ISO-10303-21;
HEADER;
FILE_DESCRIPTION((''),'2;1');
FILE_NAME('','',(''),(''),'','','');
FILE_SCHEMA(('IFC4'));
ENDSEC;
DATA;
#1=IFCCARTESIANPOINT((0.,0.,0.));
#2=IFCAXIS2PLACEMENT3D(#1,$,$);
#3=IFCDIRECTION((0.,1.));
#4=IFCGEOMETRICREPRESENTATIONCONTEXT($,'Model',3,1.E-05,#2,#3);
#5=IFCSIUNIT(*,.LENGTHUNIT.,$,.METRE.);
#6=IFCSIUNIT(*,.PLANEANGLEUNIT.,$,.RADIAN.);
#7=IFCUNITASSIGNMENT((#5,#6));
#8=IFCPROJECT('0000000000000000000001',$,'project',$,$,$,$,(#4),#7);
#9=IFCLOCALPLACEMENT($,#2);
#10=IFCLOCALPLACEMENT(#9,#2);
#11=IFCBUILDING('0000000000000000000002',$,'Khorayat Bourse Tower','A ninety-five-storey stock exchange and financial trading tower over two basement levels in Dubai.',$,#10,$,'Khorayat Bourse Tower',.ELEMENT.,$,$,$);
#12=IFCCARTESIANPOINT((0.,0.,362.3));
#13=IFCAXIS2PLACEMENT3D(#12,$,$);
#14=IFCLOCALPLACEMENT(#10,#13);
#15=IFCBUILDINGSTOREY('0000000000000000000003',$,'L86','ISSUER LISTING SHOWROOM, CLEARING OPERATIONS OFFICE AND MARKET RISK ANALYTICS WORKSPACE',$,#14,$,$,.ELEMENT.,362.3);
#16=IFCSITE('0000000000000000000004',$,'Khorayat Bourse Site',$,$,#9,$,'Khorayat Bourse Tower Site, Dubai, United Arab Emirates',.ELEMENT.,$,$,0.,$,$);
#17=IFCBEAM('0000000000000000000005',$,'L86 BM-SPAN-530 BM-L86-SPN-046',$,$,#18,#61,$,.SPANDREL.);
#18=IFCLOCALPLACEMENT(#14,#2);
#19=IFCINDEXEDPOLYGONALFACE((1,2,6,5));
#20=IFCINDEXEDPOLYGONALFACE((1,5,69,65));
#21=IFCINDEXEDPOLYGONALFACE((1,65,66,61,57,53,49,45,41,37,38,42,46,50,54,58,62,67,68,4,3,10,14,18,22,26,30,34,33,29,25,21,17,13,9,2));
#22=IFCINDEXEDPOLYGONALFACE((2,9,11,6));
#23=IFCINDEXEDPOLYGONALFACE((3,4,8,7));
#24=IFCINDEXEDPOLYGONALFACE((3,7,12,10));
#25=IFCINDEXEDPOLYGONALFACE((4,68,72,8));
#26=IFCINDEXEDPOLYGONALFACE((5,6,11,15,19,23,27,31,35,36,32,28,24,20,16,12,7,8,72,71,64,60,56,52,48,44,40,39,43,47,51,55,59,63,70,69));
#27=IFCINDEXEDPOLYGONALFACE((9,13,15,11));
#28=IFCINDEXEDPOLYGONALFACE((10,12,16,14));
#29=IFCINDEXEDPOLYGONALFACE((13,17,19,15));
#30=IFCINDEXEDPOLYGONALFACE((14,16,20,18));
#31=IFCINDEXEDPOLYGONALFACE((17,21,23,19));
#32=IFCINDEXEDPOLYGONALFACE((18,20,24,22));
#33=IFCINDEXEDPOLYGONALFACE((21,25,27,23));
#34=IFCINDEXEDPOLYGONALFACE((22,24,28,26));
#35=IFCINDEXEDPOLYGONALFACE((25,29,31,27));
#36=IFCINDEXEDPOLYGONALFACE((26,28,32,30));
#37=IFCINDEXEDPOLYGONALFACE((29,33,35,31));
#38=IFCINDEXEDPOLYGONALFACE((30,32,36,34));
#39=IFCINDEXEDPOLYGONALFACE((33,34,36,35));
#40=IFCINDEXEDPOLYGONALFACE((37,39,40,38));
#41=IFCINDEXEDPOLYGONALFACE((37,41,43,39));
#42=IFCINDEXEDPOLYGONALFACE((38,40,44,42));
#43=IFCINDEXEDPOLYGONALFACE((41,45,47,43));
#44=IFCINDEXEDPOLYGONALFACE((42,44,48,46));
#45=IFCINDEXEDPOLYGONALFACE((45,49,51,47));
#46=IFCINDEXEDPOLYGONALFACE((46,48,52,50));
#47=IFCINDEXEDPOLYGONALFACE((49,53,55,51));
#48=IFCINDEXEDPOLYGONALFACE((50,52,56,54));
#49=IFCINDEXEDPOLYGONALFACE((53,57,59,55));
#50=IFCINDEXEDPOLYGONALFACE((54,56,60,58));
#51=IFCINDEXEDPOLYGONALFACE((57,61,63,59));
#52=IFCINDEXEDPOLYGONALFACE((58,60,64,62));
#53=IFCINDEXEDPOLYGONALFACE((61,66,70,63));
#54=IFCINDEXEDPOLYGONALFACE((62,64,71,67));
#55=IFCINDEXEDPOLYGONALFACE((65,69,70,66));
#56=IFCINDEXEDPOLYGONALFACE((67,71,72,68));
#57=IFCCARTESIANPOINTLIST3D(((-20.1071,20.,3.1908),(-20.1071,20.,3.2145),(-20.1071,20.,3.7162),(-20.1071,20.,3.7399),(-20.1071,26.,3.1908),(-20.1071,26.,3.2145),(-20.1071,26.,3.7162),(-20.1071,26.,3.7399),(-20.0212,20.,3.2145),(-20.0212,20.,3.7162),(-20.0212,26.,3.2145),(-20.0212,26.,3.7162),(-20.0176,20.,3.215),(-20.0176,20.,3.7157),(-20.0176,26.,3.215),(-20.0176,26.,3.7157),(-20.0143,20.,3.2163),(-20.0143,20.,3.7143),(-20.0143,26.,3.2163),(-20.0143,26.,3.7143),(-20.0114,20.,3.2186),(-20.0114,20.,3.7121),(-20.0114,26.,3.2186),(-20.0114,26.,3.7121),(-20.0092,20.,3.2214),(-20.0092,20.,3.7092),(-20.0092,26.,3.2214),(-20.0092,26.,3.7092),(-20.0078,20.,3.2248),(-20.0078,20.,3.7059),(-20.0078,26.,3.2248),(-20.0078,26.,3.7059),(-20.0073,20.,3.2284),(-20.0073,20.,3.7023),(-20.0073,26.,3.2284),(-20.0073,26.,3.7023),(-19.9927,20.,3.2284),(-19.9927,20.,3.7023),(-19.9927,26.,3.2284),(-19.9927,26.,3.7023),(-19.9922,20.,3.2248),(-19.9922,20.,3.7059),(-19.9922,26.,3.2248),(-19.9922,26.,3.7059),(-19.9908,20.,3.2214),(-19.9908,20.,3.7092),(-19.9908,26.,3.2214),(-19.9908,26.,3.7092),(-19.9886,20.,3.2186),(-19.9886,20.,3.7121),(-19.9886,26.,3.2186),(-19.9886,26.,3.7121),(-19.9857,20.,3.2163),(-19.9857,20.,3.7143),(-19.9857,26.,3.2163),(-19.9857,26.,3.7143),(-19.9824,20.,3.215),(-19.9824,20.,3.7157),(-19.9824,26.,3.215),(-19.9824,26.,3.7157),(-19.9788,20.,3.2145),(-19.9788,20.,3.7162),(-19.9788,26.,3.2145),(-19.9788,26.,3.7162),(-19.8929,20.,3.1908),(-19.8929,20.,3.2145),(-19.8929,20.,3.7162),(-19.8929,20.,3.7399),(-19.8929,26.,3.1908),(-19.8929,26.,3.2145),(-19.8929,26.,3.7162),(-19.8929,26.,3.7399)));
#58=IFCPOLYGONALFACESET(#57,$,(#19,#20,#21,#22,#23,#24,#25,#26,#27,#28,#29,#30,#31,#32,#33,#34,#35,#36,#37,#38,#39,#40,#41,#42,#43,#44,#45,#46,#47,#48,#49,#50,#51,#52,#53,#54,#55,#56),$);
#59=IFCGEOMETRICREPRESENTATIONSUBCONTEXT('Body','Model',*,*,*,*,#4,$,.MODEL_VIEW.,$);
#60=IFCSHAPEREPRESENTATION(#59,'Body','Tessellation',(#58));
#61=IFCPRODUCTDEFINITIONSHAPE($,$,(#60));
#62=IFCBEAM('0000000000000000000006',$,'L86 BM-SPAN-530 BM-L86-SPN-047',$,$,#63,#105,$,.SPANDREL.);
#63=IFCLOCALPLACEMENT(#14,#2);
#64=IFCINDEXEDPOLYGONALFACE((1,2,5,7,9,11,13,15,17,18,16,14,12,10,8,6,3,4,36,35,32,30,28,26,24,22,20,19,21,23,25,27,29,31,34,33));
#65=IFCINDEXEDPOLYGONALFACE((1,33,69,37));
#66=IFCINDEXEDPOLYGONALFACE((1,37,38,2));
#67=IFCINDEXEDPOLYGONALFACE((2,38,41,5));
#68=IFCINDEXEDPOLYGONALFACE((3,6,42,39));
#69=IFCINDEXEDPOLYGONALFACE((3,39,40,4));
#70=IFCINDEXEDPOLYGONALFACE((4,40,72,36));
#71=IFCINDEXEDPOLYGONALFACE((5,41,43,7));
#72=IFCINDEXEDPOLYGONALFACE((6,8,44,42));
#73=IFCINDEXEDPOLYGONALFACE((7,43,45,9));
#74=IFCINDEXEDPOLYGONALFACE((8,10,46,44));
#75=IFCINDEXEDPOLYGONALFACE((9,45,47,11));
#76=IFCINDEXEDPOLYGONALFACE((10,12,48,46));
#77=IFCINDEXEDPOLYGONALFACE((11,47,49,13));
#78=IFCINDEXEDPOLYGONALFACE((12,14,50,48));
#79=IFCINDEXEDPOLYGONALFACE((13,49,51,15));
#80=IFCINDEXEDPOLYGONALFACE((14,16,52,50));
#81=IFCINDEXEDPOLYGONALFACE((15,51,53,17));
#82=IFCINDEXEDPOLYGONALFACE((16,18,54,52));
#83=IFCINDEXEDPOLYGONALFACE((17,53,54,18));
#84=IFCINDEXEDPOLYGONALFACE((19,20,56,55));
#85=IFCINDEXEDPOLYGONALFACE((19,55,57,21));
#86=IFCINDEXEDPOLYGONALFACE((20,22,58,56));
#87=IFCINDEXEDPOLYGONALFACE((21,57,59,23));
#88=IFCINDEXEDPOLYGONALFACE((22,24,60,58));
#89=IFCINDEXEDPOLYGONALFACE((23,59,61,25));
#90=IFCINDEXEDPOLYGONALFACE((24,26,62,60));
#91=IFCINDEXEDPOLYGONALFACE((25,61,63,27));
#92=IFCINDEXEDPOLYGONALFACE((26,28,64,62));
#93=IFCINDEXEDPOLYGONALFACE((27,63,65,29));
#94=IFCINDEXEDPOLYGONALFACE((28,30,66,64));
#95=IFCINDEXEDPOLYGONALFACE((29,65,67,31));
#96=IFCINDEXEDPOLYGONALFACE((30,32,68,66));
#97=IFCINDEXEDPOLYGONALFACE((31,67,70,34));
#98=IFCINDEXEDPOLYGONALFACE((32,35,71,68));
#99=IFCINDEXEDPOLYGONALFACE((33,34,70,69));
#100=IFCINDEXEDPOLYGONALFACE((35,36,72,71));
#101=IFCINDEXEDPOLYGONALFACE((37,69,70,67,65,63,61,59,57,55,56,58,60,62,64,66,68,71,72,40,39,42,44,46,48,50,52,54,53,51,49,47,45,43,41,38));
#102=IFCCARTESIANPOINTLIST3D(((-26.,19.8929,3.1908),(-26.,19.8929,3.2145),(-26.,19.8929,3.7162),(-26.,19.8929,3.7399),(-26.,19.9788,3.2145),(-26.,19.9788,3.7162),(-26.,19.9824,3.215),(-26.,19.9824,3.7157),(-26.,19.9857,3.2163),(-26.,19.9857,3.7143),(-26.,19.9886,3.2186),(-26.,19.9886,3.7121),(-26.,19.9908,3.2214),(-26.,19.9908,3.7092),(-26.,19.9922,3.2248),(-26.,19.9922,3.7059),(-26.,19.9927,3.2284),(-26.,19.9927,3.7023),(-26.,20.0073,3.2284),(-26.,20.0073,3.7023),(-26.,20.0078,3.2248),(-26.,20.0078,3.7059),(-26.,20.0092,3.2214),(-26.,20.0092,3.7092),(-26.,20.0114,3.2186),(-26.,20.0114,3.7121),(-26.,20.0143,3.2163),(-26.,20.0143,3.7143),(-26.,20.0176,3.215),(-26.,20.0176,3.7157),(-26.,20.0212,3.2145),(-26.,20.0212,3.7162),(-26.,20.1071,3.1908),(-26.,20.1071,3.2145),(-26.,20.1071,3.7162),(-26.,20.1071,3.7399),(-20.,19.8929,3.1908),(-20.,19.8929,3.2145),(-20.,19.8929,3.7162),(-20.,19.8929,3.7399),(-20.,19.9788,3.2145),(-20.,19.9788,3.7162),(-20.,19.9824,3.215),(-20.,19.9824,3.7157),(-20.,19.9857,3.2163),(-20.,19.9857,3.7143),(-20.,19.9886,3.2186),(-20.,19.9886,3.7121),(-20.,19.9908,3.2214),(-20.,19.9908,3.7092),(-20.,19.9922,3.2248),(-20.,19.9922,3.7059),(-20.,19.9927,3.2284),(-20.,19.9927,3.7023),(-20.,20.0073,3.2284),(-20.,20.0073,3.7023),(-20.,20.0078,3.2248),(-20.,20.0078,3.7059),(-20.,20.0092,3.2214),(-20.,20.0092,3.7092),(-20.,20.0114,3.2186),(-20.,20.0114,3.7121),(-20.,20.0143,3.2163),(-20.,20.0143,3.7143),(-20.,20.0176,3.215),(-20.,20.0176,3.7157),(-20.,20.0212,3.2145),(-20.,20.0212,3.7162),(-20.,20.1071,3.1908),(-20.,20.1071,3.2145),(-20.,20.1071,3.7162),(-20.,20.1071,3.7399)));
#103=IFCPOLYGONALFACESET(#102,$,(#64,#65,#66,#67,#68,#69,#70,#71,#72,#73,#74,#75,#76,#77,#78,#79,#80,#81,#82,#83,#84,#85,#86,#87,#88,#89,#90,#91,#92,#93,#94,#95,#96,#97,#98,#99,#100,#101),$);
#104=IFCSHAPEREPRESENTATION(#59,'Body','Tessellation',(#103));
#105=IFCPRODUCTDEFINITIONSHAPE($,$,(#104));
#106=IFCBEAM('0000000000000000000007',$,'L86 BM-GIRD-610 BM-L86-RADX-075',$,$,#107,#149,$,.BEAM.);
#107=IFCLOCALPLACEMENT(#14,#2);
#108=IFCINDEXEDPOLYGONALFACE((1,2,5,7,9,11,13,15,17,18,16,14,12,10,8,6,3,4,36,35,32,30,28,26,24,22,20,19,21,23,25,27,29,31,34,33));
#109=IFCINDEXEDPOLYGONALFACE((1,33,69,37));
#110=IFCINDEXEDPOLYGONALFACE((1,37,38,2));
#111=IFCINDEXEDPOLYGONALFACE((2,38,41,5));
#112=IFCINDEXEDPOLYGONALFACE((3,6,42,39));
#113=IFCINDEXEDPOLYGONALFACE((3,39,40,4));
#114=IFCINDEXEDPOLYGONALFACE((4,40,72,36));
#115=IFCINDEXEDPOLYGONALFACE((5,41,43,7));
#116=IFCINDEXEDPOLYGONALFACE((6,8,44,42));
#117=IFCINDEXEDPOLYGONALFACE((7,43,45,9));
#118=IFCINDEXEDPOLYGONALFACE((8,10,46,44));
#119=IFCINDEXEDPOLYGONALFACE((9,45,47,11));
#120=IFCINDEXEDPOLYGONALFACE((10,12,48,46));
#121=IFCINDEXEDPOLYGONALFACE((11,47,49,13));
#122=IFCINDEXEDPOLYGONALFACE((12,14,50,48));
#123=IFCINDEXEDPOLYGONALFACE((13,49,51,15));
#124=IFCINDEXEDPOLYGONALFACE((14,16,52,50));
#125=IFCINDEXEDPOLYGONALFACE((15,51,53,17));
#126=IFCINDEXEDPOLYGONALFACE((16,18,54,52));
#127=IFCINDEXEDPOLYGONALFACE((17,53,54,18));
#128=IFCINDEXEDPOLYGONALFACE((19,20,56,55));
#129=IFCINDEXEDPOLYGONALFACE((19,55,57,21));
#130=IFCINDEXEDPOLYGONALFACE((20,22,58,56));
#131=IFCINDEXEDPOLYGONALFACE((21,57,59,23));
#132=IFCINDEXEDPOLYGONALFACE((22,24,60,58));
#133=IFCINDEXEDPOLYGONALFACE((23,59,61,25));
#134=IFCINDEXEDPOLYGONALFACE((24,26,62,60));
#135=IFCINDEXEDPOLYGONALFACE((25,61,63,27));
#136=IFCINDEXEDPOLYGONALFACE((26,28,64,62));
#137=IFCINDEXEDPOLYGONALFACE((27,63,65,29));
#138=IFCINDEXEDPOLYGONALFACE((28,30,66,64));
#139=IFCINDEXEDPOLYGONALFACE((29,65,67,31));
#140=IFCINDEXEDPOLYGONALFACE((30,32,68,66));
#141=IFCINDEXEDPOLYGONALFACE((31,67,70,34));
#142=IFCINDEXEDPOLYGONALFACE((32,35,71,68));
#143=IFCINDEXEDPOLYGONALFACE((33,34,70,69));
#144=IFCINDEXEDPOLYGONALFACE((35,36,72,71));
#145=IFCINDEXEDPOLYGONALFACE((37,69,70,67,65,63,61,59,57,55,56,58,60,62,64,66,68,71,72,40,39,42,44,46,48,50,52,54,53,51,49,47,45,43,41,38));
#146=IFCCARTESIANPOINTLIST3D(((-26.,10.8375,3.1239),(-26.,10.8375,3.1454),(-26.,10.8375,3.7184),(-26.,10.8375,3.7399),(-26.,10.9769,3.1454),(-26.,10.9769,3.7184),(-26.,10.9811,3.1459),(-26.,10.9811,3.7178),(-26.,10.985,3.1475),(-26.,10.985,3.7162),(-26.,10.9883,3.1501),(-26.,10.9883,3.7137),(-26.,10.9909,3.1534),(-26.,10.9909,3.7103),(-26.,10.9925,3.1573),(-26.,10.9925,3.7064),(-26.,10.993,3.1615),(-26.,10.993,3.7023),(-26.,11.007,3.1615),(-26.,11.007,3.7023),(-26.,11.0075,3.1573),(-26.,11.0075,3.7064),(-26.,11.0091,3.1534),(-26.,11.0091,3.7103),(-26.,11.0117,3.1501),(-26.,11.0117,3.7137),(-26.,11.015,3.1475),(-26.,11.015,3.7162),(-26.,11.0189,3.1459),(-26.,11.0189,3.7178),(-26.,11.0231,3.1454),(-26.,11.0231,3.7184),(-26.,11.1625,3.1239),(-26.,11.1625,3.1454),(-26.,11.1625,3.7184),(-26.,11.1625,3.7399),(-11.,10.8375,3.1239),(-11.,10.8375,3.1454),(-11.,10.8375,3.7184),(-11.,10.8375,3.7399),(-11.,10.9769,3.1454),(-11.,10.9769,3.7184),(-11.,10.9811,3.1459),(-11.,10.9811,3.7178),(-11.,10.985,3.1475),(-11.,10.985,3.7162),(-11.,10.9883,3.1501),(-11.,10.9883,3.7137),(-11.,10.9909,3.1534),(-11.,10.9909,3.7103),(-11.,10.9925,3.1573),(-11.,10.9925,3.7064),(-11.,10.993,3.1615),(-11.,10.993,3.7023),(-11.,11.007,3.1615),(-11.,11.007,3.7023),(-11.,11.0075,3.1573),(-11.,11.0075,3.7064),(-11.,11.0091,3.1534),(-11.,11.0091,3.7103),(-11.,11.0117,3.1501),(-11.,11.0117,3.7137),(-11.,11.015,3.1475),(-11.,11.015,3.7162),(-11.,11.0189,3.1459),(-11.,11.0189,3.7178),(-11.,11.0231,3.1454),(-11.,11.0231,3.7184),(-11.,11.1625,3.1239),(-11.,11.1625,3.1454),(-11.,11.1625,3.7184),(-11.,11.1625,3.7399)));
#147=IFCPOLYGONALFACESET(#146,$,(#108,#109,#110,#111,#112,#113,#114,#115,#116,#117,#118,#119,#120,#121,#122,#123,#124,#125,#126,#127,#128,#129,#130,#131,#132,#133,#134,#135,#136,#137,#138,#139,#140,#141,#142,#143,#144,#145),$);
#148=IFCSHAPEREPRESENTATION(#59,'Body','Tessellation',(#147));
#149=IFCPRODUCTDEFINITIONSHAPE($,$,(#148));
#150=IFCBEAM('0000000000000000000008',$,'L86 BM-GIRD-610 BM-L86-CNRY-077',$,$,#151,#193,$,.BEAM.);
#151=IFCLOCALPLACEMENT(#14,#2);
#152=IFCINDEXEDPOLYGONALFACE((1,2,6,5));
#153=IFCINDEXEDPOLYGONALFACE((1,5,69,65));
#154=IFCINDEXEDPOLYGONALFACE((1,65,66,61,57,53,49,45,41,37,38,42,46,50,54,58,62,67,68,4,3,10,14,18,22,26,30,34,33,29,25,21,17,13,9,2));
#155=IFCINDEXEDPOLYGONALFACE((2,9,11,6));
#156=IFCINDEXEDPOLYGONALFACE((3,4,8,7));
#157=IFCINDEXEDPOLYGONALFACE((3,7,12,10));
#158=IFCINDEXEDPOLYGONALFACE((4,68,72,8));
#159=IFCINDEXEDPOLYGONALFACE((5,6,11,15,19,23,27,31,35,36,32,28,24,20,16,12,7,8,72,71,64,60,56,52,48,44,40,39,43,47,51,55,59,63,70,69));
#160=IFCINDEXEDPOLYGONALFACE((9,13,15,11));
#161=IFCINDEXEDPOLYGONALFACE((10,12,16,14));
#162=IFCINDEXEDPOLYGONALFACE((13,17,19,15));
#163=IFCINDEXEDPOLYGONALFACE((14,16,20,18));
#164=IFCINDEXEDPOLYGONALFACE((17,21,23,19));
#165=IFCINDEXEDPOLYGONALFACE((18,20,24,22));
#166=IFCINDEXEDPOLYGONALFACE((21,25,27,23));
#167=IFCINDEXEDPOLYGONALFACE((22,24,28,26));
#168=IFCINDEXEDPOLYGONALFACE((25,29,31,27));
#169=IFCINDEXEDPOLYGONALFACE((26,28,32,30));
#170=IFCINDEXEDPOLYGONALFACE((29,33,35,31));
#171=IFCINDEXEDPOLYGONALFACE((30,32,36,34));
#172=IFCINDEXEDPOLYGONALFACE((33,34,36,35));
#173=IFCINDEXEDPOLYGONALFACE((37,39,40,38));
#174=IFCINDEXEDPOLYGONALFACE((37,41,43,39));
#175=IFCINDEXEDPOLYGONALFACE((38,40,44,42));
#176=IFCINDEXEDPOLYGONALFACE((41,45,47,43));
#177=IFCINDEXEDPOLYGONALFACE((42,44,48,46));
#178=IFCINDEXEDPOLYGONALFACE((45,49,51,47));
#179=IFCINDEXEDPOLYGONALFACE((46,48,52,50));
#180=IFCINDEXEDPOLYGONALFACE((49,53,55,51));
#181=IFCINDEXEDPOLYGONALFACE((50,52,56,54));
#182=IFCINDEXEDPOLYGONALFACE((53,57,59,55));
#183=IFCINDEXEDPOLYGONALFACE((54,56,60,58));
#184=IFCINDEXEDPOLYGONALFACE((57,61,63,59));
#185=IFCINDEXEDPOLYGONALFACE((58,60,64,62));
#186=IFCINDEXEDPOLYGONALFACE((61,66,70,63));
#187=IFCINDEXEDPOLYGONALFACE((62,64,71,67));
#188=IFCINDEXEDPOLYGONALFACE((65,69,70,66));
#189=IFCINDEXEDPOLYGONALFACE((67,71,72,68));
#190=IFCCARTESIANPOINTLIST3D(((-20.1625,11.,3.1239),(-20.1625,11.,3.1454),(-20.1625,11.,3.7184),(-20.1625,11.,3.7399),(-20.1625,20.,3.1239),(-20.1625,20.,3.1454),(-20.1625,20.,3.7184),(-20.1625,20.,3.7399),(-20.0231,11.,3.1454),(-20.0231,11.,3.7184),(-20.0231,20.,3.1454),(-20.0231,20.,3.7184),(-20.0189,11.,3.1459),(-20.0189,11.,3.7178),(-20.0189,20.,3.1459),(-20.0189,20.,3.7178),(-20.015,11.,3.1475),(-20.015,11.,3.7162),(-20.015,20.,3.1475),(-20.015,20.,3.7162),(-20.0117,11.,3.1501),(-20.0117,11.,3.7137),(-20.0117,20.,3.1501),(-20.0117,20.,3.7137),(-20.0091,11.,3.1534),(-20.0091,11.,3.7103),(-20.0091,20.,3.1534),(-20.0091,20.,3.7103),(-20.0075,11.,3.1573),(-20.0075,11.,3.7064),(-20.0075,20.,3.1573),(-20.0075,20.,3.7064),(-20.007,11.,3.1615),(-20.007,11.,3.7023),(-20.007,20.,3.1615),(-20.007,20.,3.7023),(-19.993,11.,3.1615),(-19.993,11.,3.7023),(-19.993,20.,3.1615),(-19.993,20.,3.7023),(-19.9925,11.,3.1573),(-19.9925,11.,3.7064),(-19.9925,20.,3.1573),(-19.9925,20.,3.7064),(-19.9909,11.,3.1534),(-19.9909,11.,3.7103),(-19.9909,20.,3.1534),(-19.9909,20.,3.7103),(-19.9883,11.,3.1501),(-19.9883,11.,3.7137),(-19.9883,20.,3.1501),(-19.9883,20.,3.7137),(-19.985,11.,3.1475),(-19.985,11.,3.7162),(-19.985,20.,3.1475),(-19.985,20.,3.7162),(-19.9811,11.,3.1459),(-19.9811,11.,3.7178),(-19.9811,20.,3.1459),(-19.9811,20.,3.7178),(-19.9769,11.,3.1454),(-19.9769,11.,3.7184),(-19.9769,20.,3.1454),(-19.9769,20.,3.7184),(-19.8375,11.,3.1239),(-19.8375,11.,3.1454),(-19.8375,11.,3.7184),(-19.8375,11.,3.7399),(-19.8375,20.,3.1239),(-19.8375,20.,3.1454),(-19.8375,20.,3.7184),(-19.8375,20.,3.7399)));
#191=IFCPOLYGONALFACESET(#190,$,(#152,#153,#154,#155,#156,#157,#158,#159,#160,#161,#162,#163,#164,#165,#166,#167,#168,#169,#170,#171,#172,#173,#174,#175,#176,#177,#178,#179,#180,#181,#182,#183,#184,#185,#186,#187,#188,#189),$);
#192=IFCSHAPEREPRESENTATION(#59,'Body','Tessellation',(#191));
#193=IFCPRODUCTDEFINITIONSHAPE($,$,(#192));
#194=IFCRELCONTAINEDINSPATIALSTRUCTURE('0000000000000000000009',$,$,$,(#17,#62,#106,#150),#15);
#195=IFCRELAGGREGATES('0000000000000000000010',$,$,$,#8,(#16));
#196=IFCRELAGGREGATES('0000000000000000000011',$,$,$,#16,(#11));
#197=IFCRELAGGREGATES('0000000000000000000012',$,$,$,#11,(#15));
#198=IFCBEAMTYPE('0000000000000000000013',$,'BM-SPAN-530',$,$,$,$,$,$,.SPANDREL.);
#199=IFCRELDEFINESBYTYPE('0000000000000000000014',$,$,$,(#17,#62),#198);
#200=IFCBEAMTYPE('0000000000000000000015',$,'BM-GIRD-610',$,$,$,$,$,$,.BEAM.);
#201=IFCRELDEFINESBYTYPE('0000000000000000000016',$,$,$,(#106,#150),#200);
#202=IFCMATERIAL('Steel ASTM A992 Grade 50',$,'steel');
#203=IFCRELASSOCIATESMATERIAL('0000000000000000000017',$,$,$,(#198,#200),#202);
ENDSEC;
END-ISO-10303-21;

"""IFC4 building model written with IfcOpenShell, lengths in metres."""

from ifc_helpers import new_model, si_unit, direction, frame, origin, origin_2d, place, context, subcontext, project, spatial, i_section, extrude, source, transform, mapped, material, material_profile, profile_set, type_object, element, save


model = new_model("IFC4")

# Units and contexts
model_context = context("Model", 3, precision=1e-05, world=origin(), true_north=direction((0.0, 1.0)))
body_context = subcontext(model_context, "Body", "Model", "MODEL_VIEW")
ifc_project = project(units=[si_unit("LENGTHUNIT", "METRE"), si_unit("PLANEANGLEUNIT", "RADIAN")], contexts=[model_context])

# Site, building, storey
site_placement = place(None, origin())
site = spatial("IfcSite", under=ifc_project, at=site_placement, Name="Khorayat Bourse Site", LongName="Khorayat Bourse Tower Site, Dubai, United Arab Emirates", CompositionType="ELEMENT", RefElevation=0.0)
building_placement = place(site_placement, origin())
building = spatial("IfcBuilding", under=site, at=building_placement, Name="Khorayat Bourse Tower", Description="A ninety-five-storey stock exchange and financial trading tower over two basement levels in Dubai.", LongName="Khorayat Bourse Tower", CompositionType="ELEMENT")
storey_placement = place(building_placement, frame((0.0, 0.0, 362.3)))
storey = spatial("IfcBuildingStorey", under=building, at=storey_placement, Name="L86", Description="ISSUER LISTING SHOWROOM, CLEARING OPERATIONS OFFICE AND MARKET RISK ANALYTICS WORKSPACE", CompositionType="ELEMENT", Elevation=362.3)

# Beams
ifc_material_1 = material(Name="Steel ASTM A992 Grade 50", Category="steel")
ifc_material_profile_1 = material_profile(ifc_material_1, i_section(OverallWidth=0.2141, OverallDepth=0.5491, WebThickness=0.0146, FlangeThickness=0.0237, FilletRadius=0.0139, at=origin_2d()), Name="W530X138")
ifc_profile_set_1 = profile_set([ifc_material_profile_1], Name="Steel ASTM A992 Grade 50")
beam_type_1 = type_object("IfcBeamType", Name="BM-SPAN-530", PredefinedType="SPANDREL", material=ifc_profile_set_1)
shared_shape_1 = source(origin(), body_context, "Body", "SweptSolid", [
    extrude(i_section(OverallWidth=0.2141, OverallDepth=0.5491, WebThickness=0.0146, FlangeThickness=0.0237, FilletRadius=0.0139, at=origin_2d()), origin(), (0.0, 0.0, 1.0), 6.0),
])
for number, where, z_axis, x_axis, name in (
    (1, (-20.0, 20.0, 3.4653), (0.0, 1.0, 0.0), (-1.0, 0.0, 0.0), "L86 BM-SPAN-530 BM-L86-SPN-046"),
    (2, (-26.0, 20.0, 3.4653), (1.0, 0.0, 0.0), (0.0, 1.0, 0.0), "L86 BM-SPAN-530 BM-L86-SPN-047"),
):
    element("IfcBeam", number, at=place(storey_placement, frame(where, z_axis=z_axis, x_axis=x_axis)), inside=storey, type_object=beam_type_1, Name=name, PredefinedType="SPANDREL", context=body_context, shape_type="MappedRepresentation", body=[
        mapped(shared_shape_1, transform((0.0, 0.0, 0.0), scale=1.0)),
    ])
ifc_material_profile_2 = material_profile(ifc_material_1, i_section(OverallWidth=0.325, OverallDepth=0.616, WebThickness=0.0139, FlangeThickness=0.0215, FilletRadius=0.0161, at=origin_2d()), Name="W610X174")
ifc_profile_set_2 = profile_set([ifc_material_profile_2], Name="Steel ASTM A992 Grade 50")
beam_type_2 = type_object("IfcBeamType", Name="BM-GIRD-610", PredefinedType="BEAM", material=ifc_profile_set_2)
shared_shape_2 = source(origin(), body_context, "Body", "SweptSolid", [
    extrude(i_section(OverallWidth=0.325, OverallDepth=0.616, WebThickness=0.0139, FlangeThickness=0.0215, FilletRadius=0.0161, at=origin_2d()), origin(), (0.0, 0.0, 1.0), 15.0),
])
beam_1_placement = place(storey_placement, frame((-26.0, 11.0, 3.4319), z_axis=(1.0, 0.0, 0.0), x_axis=(0.0, 1.0, 0.0)))
element("IfcBeam", 3, at=beam_1_placement, inside=storey, type_object=beam_type_2, Name="L86 BM-GIRD-610 BM-L86-RADX-075", PredefinedType="BEAM", context=body_context, shape_type="MappedRepresentation", body=[
    mapped(shared_shape_2, transform((0.0, 0.0, 0.0), scale=1.0)),
])
shared_shape_3 = source(origin(), body_context, "Body", "SweptSolid", [
    extrude(i_section(OverallWidth=0.325, OverallDepth=0.616, WebThickness=0.0139, FlangeThickness=0.0215, FilletRadius=0.0161, at=origin_2d()), origin(), (0.0, 0.0, 1.0), 9.0),
])
beam_2_placement = place(storey_placement, frame((-20.0, 11.0, 3.4319), z_axis=(0.0, 1.0, 0.0), x_axis=(-1.0, 0.0, 0.0)))
element("IfcBeam", 4, at=beam_2_placement, inside=storey, type_object=beam_type_2, Name="L86 BM-GIRD-610 BM-L86-CNRY-077", PredefinedType="BEAM", context=body_context, shape_type="MappedRepresentation", body=[
    mapped(shared_shape_3, transform((0.0, 0.0, 0.0), scale=1.0)),
])

save(model, "model.ifc")
